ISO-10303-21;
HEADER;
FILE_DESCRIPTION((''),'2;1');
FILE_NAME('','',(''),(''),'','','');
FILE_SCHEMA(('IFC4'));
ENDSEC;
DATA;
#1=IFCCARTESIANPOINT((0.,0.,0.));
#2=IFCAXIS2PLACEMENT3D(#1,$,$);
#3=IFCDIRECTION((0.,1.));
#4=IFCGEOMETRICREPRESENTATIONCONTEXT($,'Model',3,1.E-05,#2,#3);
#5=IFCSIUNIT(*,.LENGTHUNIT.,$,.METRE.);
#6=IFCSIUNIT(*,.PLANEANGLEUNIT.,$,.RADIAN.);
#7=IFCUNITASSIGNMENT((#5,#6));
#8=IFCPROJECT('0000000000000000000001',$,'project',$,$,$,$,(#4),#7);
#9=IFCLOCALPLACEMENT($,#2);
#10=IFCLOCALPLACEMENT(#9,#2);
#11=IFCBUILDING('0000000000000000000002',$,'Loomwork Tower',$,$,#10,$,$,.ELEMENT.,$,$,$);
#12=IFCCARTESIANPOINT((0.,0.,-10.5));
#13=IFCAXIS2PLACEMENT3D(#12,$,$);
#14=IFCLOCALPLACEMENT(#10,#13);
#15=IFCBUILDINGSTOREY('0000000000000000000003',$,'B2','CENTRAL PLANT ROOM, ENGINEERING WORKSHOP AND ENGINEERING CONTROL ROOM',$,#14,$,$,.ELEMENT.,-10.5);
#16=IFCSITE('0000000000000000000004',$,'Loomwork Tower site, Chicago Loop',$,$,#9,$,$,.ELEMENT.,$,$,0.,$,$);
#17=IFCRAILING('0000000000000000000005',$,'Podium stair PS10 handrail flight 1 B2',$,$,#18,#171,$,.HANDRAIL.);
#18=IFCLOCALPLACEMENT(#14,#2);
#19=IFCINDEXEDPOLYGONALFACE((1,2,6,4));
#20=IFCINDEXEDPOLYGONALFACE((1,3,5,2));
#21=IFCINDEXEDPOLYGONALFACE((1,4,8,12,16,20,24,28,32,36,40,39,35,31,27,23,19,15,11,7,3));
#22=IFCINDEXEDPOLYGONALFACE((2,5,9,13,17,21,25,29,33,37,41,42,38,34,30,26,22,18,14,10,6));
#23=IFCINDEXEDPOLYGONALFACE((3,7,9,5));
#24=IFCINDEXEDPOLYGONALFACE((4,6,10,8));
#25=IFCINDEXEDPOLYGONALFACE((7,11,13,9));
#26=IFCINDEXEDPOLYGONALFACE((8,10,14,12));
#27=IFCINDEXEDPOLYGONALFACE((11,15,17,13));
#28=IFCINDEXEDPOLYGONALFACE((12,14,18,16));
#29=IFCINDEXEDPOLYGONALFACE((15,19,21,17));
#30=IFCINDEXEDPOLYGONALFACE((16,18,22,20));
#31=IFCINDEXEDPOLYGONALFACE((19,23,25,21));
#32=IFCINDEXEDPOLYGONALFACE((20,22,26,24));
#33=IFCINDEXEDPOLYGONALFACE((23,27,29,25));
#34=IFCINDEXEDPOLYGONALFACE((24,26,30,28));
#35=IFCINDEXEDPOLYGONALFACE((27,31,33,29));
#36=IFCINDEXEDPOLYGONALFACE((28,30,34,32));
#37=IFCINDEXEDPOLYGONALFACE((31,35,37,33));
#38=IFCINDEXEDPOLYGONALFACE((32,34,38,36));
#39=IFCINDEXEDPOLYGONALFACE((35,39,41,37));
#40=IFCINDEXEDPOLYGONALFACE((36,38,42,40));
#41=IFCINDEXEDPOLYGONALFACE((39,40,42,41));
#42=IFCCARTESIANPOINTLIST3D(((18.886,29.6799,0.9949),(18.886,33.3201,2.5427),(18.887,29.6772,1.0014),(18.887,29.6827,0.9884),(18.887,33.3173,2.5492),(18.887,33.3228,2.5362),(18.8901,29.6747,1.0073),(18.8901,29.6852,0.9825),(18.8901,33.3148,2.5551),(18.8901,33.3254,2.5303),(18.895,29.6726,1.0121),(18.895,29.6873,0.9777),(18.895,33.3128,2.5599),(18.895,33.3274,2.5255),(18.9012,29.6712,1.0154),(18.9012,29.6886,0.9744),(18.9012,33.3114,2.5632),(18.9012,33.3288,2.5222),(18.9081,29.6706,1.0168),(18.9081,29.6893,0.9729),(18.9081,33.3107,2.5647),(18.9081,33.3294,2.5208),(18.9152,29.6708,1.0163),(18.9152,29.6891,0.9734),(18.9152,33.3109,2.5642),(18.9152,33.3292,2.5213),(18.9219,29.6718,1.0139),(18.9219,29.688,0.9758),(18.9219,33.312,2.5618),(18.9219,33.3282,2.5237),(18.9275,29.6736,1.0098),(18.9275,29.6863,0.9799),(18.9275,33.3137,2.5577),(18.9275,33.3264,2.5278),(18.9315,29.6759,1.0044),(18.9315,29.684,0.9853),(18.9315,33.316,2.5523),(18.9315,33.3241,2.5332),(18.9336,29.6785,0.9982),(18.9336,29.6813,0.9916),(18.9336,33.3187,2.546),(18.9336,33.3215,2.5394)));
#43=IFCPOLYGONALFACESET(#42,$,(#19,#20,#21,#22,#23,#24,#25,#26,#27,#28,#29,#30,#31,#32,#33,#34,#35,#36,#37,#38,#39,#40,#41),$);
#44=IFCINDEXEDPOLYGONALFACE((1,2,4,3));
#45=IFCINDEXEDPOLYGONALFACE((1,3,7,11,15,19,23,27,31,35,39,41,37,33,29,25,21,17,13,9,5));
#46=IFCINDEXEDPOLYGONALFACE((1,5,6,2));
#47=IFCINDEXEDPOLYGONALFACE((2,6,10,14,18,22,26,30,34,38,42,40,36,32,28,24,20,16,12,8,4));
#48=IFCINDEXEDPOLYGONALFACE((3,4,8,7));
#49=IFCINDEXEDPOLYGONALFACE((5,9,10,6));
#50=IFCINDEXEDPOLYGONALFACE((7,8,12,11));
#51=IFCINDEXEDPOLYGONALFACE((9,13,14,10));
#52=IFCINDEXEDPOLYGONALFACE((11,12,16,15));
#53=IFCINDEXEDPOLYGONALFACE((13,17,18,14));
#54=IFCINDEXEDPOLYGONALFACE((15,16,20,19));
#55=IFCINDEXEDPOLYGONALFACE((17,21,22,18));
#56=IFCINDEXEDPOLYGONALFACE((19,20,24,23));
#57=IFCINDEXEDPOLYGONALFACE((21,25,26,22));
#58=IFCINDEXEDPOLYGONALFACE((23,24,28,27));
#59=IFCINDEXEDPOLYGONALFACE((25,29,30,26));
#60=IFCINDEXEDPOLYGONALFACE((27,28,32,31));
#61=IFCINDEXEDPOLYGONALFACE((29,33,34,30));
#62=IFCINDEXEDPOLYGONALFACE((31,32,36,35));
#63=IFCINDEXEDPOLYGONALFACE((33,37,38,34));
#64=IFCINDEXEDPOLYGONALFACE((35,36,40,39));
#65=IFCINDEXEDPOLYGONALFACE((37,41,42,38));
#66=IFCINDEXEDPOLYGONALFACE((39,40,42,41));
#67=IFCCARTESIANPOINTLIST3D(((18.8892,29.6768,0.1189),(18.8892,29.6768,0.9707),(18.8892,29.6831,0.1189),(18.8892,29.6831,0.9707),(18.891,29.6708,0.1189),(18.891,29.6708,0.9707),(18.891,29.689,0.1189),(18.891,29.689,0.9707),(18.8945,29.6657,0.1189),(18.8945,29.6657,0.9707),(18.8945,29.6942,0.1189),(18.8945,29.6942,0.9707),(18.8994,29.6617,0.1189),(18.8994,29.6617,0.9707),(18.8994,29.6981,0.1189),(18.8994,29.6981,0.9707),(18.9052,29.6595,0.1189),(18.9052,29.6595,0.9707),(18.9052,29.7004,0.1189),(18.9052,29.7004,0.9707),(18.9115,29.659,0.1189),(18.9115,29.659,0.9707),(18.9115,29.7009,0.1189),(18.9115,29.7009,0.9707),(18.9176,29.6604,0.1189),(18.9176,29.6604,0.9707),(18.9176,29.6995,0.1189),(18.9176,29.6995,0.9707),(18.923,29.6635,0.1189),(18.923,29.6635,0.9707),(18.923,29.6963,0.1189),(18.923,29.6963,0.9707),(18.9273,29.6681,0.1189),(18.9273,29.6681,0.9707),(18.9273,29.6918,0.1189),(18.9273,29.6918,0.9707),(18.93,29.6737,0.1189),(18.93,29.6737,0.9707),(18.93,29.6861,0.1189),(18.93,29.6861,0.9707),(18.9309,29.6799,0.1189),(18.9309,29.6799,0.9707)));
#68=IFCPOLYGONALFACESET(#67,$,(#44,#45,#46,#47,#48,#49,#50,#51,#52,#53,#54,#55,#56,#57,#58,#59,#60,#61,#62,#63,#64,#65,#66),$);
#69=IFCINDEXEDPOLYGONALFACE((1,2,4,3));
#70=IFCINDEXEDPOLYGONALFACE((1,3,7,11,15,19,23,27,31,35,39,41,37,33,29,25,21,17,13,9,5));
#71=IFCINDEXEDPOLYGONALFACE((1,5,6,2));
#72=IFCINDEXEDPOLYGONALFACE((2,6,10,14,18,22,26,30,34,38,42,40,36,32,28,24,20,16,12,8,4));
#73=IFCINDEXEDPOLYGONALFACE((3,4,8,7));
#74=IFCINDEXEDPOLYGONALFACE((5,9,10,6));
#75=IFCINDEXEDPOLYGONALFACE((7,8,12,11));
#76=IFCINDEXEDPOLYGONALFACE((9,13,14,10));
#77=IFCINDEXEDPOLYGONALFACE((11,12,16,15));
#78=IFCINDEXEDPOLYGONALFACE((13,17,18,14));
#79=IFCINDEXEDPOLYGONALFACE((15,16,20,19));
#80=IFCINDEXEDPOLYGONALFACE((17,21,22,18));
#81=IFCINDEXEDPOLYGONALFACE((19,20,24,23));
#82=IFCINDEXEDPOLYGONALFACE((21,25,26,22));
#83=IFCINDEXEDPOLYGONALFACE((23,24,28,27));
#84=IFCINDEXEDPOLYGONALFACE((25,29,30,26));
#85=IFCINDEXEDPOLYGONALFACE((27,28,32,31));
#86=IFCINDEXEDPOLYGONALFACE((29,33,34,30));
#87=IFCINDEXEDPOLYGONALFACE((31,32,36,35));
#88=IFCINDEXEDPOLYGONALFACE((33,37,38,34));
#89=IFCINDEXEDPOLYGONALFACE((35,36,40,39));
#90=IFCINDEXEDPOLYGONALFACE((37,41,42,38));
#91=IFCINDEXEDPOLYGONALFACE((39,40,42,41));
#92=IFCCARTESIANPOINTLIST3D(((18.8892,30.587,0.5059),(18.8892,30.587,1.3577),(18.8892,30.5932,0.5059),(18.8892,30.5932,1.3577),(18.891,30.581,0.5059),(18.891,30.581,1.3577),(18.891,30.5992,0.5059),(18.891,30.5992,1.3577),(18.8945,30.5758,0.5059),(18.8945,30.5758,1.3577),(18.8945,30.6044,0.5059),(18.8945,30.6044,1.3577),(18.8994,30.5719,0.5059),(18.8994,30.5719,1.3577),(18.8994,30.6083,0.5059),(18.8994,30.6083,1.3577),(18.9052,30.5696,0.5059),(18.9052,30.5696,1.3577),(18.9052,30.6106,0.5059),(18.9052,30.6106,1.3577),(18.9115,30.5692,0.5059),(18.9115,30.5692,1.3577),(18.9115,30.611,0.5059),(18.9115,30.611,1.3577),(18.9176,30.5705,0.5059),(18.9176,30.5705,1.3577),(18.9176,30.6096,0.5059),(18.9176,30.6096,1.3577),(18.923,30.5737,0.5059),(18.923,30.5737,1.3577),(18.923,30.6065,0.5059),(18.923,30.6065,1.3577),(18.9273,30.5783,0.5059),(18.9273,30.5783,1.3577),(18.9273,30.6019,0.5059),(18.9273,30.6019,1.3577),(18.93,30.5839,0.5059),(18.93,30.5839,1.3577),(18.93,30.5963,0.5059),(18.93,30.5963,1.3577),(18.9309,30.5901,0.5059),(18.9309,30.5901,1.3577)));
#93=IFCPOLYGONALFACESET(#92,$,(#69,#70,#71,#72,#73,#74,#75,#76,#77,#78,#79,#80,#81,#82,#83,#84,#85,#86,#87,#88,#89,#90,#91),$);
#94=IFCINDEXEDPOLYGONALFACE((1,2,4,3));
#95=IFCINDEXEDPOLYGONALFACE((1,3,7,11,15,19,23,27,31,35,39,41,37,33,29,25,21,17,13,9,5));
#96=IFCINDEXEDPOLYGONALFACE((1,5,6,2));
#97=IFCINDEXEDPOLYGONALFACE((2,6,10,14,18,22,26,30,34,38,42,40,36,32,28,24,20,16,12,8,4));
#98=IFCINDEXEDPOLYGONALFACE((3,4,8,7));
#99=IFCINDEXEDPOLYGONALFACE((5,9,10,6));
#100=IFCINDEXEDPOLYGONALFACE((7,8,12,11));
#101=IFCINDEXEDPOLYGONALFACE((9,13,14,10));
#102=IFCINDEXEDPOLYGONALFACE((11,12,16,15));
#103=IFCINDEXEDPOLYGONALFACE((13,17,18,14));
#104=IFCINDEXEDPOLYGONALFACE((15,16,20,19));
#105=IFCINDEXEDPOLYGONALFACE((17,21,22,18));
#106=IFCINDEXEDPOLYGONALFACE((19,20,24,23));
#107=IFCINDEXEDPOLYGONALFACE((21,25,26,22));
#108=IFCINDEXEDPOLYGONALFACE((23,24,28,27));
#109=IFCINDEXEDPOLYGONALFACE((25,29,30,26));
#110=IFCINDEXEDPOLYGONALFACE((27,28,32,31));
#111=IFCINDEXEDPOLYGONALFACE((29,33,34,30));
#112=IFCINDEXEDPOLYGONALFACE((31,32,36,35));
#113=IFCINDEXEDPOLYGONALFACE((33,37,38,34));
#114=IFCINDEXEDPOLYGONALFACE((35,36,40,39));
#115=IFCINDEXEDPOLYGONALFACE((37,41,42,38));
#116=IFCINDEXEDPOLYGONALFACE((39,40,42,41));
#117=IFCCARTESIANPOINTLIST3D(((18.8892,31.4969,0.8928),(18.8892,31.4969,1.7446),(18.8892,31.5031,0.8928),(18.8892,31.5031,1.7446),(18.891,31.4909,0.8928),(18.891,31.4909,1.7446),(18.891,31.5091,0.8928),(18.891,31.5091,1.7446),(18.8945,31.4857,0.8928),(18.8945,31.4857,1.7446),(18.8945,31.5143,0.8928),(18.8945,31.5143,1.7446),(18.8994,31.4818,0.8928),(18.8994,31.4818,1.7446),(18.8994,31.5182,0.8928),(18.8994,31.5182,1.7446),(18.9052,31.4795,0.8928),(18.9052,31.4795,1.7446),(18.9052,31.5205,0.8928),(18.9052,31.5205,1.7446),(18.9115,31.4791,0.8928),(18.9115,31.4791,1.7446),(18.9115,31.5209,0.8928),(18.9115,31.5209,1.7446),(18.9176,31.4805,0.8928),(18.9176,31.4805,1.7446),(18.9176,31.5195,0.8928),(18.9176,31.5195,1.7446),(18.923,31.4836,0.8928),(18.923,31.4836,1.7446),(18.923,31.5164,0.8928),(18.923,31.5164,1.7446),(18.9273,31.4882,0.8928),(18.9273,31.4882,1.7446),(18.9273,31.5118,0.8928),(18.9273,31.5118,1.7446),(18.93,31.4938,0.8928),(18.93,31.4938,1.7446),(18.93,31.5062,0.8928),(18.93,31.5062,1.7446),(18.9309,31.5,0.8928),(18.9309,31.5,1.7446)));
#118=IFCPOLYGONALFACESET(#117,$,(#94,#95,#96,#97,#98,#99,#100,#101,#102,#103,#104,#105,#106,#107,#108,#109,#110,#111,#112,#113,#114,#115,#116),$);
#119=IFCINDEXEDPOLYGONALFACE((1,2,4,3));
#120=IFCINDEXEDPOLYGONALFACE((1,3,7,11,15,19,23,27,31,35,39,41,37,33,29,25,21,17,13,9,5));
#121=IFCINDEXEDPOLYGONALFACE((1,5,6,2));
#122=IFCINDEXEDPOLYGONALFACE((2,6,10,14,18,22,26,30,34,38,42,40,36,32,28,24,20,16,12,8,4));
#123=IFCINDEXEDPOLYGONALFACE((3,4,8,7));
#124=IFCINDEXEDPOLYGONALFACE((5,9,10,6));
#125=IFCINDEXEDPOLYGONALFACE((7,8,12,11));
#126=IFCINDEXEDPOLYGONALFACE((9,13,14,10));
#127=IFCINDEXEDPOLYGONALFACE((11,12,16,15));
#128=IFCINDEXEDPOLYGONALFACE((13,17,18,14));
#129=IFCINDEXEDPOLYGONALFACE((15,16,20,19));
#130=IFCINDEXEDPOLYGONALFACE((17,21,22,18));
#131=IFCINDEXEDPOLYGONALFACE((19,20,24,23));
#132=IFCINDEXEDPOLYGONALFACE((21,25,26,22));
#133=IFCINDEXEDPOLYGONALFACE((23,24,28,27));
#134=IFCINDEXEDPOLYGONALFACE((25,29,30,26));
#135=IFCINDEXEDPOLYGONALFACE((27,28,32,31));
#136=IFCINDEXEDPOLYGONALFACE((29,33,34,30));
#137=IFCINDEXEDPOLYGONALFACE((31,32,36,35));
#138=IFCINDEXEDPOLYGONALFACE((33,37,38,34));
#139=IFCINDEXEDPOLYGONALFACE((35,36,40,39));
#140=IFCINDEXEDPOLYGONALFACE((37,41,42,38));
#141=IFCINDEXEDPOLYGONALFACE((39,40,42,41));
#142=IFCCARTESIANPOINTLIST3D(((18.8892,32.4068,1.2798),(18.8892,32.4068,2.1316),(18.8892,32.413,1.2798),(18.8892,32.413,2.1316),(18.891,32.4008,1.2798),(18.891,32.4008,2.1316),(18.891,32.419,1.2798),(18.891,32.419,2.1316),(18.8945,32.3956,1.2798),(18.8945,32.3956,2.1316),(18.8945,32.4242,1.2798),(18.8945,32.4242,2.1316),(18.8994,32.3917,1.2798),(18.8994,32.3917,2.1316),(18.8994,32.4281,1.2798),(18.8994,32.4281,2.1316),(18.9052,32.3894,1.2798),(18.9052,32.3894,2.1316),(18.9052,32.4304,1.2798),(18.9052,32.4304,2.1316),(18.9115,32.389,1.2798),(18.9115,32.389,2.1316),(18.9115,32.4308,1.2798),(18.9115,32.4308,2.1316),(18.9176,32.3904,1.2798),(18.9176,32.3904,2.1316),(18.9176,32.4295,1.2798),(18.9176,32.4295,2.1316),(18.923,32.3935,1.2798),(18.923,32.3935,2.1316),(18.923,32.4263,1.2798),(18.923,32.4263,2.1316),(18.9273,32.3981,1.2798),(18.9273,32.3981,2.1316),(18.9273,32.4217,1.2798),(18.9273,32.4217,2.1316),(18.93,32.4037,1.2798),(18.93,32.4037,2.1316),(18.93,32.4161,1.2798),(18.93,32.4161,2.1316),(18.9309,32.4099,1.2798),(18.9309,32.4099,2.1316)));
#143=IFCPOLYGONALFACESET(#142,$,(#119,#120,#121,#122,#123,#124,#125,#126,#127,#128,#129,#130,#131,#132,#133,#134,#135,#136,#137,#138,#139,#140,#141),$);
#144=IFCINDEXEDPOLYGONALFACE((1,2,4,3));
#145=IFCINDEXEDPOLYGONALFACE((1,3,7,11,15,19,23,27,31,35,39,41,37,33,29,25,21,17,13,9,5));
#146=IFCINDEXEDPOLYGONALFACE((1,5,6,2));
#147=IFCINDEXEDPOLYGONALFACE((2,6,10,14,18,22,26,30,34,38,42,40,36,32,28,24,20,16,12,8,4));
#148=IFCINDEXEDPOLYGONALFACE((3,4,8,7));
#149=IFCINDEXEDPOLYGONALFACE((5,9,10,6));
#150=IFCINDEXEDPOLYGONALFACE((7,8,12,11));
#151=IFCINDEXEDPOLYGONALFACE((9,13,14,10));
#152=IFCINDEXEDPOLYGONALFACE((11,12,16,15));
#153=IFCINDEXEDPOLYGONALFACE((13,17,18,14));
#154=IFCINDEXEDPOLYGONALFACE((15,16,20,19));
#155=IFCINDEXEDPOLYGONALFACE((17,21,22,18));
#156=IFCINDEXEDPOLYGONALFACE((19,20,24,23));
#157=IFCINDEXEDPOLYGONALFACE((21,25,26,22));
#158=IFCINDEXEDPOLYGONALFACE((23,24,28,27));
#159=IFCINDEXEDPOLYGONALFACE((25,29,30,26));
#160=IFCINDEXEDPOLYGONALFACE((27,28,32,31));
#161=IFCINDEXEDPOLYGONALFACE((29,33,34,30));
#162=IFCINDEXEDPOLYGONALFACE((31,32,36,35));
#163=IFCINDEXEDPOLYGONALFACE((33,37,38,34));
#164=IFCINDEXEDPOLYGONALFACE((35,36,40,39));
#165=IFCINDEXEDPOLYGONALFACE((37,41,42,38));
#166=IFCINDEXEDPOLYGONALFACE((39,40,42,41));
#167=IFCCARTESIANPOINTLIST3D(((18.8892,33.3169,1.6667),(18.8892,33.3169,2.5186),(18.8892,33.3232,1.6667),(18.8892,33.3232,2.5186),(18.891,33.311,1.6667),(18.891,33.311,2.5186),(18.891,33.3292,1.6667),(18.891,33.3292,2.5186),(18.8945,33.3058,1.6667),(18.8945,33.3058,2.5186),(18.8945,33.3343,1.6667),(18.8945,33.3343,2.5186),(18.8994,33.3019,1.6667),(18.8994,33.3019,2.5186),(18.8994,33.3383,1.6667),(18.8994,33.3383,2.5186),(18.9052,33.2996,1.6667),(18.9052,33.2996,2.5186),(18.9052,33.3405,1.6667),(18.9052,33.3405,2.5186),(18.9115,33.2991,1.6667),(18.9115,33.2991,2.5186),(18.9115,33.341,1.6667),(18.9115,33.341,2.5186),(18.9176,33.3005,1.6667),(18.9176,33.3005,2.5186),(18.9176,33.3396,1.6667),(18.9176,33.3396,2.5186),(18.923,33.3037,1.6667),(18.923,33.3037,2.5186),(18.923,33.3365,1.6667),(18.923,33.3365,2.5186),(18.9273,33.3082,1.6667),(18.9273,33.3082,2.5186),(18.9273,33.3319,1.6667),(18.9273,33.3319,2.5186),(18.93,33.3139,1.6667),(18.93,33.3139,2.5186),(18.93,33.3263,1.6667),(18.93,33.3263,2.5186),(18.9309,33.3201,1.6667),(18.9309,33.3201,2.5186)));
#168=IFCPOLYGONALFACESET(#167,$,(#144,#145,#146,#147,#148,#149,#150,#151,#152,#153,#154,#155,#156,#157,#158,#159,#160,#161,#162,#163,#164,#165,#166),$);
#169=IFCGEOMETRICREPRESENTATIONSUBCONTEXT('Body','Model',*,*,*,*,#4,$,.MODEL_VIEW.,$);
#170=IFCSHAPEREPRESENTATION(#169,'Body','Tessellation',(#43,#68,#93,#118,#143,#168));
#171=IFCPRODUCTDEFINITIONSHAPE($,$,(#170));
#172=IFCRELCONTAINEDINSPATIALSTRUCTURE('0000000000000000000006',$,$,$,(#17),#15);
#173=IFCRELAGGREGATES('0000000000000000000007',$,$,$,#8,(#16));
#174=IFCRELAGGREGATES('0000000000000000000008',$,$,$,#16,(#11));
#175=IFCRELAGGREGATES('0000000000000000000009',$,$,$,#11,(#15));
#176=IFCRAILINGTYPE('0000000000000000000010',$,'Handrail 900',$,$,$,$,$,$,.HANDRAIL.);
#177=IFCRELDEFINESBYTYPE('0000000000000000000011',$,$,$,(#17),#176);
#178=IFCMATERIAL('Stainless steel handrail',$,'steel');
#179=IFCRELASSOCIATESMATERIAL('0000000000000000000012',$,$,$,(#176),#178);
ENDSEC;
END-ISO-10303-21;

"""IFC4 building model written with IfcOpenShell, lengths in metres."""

from ifc_helpers import new_model, si_unit, direction, frame, origin, origin_2d, place, context, subcontext, project, spatial, circle, extrude, material, type_object, element, save


model = new_model("IFC4")

# Units and contexts
model_context = context("Model", 3, precision=1e-05, world=origin(), true_north=direction((0.0, 1.0)))
body_context = subcontext(model_context, "Body", "Model", "MODEL_VIEW")
ifc_project = project(units=[si_unit("LENGTHUNIT", "METRE"), si_unit("PLANEANGLEUNIT", "RADIAN")], contexts=[model_context])

# Site, building, storey
site_placement = place(None, origin())
site = spatial("IfcSite", under=ifc_project, at=site_placement, Name="Loomwork Tower site, Chicago Loop", CompositionType="ELEMENT", RefElevation=0.0)
building_placement = place(site_placement, origin())
building = spatial("IfcBuilding", under=site, at=building_placement, Name="Loomwork Tower", CompositionType="ELEMENT")
storey_placement = place(building_placement, frame((0.0, 0.0, -10.5)))
storey = spatial("IfcBuildingStorey", under=building, at=storey_placement, Name="B2", Description="CENTRAL PLANT ROOM, ENGINEERING WORKSHOP AND ENGINEERING CONTROL ROOM", CompositionType="ELEMENT", Elevation=-10.5)

# Railing
ifc_material_1 = material(Name="Stainless steel handrail", Category="steel")
railing_type = type_object("IfcRailingType", Name="Handrail 900", PredefinedType="HANDRAIL", material=ifc_material_1)
railing_1_placement = place(storey_placement, frame((18.9099, 29.6799, 0.1189)))
element("IfcRailing", 1, at=railing_1_placement, inside=storey, type_object=railing_type, Name="Podium stair PS10 handrail flight 1 B2", PredefinedType="HANDRAIL", context=body_context, shape_type="SweptSolid", body=[
    extrude(circle(Radius=0.0239, at=origin_2d()), frame((0.0, 0.0, 0.876), z_axis=(0.0, 0.920259, 0.391311), x_axis=(-1.0, 0.0, 0.0)), (0.0, 0.0, 1.0), 3.9556),
    extrude(circle(Radius=0.021, at=origin_2d()), origin(), (0.0, 0.0, 1.0), 0.8518),
    extrude(circle(Radius=0.021, at=origin_2d()), frame((0.0, 0.9102, 0.387)), (0.0, 0.0, 1.0), 0.8518),
    extrude(circle(Radius=0.021, at=origin_2d()), frame((0.0, 1.8201, 0.7739)), (0.0, 0.0, 1.0), 0.8518),
    extrude(circle(Radius=0.021, at=origin_2d()), frame((0.0, 2.73, 1.1609)), (0.0, 0.0, 1.0), 0.8518),
    extrude(circle(Radius=0.021, at=origin_2d()), frame((0.0, 3.6401, 1.5479)), (0.0, 0.0, 1.0), 0.8518),
])

save(model, "model.ifc")
